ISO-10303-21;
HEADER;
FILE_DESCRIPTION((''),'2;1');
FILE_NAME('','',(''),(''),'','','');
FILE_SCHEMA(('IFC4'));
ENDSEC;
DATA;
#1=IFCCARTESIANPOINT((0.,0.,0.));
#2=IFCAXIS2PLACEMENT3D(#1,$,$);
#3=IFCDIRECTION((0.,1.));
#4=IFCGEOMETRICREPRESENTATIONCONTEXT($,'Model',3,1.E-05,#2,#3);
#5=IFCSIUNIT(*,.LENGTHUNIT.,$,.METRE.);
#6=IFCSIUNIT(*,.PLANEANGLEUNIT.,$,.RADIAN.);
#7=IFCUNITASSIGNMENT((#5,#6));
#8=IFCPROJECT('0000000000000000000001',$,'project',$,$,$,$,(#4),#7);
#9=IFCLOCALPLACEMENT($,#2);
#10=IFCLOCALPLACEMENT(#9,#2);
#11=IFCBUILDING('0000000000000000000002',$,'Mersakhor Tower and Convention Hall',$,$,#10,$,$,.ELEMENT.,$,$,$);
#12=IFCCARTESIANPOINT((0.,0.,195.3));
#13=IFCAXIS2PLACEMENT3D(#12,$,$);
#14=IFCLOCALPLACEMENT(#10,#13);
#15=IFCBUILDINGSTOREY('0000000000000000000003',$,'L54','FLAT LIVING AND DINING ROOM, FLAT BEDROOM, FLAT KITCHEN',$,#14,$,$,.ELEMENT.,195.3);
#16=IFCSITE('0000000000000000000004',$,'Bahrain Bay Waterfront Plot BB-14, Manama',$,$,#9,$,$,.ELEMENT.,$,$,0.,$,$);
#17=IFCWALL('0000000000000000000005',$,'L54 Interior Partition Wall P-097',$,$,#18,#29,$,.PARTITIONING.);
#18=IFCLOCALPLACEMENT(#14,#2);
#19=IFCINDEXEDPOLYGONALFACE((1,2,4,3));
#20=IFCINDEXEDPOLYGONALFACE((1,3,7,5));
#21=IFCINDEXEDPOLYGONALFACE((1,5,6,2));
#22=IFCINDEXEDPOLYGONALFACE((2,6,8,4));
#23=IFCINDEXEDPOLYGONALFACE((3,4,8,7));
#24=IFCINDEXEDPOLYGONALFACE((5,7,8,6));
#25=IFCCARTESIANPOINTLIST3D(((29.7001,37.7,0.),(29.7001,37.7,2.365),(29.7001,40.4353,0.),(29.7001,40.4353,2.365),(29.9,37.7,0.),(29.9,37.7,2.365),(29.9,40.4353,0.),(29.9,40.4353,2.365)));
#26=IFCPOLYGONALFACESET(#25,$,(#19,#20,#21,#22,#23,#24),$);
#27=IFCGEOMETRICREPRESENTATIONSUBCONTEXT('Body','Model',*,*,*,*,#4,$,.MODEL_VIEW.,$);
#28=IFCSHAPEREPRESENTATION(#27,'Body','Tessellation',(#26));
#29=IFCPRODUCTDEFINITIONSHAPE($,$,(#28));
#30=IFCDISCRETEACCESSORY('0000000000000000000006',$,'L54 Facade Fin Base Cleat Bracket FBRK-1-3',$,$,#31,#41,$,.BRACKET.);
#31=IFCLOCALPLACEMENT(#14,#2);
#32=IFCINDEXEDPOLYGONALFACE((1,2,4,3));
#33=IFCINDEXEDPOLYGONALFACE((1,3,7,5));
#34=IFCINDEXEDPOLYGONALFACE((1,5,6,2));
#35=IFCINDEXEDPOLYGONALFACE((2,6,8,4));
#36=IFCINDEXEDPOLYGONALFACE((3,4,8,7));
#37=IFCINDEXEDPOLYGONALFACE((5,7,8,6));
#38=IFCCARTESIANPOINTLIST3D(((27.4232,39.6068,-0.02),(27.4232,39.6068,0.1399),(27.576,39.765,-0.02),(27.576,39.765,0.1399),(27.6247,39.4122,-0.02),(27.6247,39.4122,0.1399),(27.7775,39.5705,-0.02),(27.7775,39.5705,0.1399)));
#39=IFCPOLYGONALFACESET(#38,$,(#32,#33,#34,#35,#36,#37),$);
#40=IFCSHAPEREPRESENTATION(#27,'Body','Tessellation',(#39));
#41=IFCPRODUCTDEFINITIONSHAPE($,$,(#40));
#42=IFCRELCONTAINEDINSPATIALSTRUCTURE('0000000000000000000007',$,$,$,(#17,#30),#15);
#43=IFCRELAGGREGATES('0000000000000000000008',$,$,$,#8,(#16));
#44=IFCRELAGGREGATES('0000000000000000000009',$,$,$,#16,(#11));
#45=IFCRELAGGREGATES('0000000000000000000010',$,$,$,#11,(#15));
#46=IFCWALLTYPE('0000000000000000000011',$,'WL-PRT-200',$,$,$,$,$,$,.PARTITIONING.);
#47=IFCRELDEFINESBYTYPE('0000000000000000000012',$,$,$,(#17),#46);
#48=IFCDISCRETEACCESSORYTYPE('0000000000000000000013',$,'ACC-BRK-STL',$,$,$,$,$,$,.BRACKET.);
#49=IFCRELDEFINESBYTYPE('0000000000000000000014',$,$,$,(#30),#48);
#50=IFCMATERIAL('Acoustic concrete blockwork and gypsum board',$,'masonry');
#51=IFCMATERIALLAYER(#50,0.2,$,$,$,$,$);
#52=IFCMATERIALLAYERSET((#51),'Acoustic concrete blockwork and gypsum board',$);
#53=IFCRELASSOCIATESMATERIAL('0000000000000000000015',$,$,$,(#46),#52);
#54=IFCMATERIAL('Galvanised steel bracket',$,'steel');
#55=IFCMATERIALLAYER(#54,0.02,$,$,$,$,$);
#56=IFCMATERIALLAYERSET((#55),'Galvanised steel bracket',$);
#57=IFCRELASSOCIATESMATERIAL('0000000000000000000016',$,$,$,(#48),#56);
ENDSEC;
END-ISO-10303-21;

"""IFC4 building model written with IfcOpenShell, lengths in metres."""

from ifc_helpers import new_model, si_unit, direction, frame, frame_2d, origin, origin_2d, place, context, subcontext, project, spatial, rectangle, extrude, material, layer, layer_set, type_object, element, save


model = new_model("IFC4")

# Units and contexts
model_context = context("Model", 3, precision=1e-05, world=origin(), true_north=direction((0.0, 1.0)))
body_context = subcontext(model_context, "Body", "Model", "MODEL_VIEW")
ifc_project = project(units=[si_unit("LENGTHUNIT", "METRE"), si_unit("PLANEANGLEUNIT", "RADIAN")], contexts=[model_context])

# Site, building, storey
site_placement = place(None, origin())
site = spatial("IfcSite", under=ifc_project, at=site_placement, Name="Bahrain Bay Waterfront Plot BB-14, Manama", CompositionType="ELEMENT", RefElevation=0.0)
building_placement = place(site_placement, origin())
building = spatial("IfcBuilding", under=site, at=building_placement, Name="Mersakhor Tower and Convention Hall", CompositionType="ELEMENT")
storey_placement = place(building_placement, frame((0.0, 0.0, 195.3)))
storey = spatial("IfcBuildingStorey", under=building, at=storey_placement, Name="L54", Description="FLAT LIVING AND DINING ROOM, FLAT BEDROOM, FLAT KITCHEN", CompositionType="ELEMENT", Elevation=195.3)

# Shared definitions
ifc_material_1 = material(Name="Acoustic concrete blockwork and gypsum board", Category="masonry")
ifc_layer_1 = layer(ifc_material_1, 0.2)
ifc_layer_set_1 = layer_set([ifc_layer_1], Name="Acoustic concrete blockwork and gypsum board")
wall_type_1 = type_object("IfcWallType", Name="WL-PRT-200", PredefinedType="PARTITIONING", material=ifc_layer_set_1)

# Wall
wall_1_placement = place(storey_placement, frame((29.8, 40.4353, 0.0), z_axis=(0.0, 0.0, 1.0), x_axis=(0.0, -1.0, 0.0)))
element("IfcWall", 1, at=wall_1_placement, inside=storey, type_object=wall_type_1, Name="L54 Interior Partition Wall P-097", PredefinedType="PARTITIONING", context=body_context, shape_type="SweptSolid", body=[
    extrude(rectangle(XDim=2.7354, YDim=0.2, at=frame_2d((1.3677, 0.0))), origin(), (0.0, 0.0, 1.0), 2.365),
])

# Discrete accessory
ifc_material_2 = material(Name="Galvanised steel bracket", Category="steel")
ifc_layer_2 = layer(ifc_material_2, 0.02)
ifc_layer_set_2 = layer_set([ifc_layer_2], Name="Galvanised steel bracket")
discrete_accessory_type = type_object("IfcDiscreteAccessoryType", Name="ACC-BRK-STL", PredefinedType="BRACKET", material=ifc_layer_set_2)
discrete_accessory_placement = place(storey_placement, frame((27.6003, 39.5886, -0.02), z_axis=(0.0, 0.0, 1.0), x_axis=(-0.71934, 0.694658, 0.0)))
element("IfcDiscreteAccessory", 2, at=discrete_accessory_placement, inside=storey, type_object=discrete_accessory_type, Name="L54 Facade Fin Base Cleat Bracket FBRK-1-3", PredefinedType="BRACKET", context=body_context, shape_type="SweptSolid", body=[
    extrude(rectangle(XDim=0.28, YDim=0.22, at=origin_2d()), origin(), (0.0, 0.0, 1.0), 0.1599),
])

save(model, "model.ifc")
